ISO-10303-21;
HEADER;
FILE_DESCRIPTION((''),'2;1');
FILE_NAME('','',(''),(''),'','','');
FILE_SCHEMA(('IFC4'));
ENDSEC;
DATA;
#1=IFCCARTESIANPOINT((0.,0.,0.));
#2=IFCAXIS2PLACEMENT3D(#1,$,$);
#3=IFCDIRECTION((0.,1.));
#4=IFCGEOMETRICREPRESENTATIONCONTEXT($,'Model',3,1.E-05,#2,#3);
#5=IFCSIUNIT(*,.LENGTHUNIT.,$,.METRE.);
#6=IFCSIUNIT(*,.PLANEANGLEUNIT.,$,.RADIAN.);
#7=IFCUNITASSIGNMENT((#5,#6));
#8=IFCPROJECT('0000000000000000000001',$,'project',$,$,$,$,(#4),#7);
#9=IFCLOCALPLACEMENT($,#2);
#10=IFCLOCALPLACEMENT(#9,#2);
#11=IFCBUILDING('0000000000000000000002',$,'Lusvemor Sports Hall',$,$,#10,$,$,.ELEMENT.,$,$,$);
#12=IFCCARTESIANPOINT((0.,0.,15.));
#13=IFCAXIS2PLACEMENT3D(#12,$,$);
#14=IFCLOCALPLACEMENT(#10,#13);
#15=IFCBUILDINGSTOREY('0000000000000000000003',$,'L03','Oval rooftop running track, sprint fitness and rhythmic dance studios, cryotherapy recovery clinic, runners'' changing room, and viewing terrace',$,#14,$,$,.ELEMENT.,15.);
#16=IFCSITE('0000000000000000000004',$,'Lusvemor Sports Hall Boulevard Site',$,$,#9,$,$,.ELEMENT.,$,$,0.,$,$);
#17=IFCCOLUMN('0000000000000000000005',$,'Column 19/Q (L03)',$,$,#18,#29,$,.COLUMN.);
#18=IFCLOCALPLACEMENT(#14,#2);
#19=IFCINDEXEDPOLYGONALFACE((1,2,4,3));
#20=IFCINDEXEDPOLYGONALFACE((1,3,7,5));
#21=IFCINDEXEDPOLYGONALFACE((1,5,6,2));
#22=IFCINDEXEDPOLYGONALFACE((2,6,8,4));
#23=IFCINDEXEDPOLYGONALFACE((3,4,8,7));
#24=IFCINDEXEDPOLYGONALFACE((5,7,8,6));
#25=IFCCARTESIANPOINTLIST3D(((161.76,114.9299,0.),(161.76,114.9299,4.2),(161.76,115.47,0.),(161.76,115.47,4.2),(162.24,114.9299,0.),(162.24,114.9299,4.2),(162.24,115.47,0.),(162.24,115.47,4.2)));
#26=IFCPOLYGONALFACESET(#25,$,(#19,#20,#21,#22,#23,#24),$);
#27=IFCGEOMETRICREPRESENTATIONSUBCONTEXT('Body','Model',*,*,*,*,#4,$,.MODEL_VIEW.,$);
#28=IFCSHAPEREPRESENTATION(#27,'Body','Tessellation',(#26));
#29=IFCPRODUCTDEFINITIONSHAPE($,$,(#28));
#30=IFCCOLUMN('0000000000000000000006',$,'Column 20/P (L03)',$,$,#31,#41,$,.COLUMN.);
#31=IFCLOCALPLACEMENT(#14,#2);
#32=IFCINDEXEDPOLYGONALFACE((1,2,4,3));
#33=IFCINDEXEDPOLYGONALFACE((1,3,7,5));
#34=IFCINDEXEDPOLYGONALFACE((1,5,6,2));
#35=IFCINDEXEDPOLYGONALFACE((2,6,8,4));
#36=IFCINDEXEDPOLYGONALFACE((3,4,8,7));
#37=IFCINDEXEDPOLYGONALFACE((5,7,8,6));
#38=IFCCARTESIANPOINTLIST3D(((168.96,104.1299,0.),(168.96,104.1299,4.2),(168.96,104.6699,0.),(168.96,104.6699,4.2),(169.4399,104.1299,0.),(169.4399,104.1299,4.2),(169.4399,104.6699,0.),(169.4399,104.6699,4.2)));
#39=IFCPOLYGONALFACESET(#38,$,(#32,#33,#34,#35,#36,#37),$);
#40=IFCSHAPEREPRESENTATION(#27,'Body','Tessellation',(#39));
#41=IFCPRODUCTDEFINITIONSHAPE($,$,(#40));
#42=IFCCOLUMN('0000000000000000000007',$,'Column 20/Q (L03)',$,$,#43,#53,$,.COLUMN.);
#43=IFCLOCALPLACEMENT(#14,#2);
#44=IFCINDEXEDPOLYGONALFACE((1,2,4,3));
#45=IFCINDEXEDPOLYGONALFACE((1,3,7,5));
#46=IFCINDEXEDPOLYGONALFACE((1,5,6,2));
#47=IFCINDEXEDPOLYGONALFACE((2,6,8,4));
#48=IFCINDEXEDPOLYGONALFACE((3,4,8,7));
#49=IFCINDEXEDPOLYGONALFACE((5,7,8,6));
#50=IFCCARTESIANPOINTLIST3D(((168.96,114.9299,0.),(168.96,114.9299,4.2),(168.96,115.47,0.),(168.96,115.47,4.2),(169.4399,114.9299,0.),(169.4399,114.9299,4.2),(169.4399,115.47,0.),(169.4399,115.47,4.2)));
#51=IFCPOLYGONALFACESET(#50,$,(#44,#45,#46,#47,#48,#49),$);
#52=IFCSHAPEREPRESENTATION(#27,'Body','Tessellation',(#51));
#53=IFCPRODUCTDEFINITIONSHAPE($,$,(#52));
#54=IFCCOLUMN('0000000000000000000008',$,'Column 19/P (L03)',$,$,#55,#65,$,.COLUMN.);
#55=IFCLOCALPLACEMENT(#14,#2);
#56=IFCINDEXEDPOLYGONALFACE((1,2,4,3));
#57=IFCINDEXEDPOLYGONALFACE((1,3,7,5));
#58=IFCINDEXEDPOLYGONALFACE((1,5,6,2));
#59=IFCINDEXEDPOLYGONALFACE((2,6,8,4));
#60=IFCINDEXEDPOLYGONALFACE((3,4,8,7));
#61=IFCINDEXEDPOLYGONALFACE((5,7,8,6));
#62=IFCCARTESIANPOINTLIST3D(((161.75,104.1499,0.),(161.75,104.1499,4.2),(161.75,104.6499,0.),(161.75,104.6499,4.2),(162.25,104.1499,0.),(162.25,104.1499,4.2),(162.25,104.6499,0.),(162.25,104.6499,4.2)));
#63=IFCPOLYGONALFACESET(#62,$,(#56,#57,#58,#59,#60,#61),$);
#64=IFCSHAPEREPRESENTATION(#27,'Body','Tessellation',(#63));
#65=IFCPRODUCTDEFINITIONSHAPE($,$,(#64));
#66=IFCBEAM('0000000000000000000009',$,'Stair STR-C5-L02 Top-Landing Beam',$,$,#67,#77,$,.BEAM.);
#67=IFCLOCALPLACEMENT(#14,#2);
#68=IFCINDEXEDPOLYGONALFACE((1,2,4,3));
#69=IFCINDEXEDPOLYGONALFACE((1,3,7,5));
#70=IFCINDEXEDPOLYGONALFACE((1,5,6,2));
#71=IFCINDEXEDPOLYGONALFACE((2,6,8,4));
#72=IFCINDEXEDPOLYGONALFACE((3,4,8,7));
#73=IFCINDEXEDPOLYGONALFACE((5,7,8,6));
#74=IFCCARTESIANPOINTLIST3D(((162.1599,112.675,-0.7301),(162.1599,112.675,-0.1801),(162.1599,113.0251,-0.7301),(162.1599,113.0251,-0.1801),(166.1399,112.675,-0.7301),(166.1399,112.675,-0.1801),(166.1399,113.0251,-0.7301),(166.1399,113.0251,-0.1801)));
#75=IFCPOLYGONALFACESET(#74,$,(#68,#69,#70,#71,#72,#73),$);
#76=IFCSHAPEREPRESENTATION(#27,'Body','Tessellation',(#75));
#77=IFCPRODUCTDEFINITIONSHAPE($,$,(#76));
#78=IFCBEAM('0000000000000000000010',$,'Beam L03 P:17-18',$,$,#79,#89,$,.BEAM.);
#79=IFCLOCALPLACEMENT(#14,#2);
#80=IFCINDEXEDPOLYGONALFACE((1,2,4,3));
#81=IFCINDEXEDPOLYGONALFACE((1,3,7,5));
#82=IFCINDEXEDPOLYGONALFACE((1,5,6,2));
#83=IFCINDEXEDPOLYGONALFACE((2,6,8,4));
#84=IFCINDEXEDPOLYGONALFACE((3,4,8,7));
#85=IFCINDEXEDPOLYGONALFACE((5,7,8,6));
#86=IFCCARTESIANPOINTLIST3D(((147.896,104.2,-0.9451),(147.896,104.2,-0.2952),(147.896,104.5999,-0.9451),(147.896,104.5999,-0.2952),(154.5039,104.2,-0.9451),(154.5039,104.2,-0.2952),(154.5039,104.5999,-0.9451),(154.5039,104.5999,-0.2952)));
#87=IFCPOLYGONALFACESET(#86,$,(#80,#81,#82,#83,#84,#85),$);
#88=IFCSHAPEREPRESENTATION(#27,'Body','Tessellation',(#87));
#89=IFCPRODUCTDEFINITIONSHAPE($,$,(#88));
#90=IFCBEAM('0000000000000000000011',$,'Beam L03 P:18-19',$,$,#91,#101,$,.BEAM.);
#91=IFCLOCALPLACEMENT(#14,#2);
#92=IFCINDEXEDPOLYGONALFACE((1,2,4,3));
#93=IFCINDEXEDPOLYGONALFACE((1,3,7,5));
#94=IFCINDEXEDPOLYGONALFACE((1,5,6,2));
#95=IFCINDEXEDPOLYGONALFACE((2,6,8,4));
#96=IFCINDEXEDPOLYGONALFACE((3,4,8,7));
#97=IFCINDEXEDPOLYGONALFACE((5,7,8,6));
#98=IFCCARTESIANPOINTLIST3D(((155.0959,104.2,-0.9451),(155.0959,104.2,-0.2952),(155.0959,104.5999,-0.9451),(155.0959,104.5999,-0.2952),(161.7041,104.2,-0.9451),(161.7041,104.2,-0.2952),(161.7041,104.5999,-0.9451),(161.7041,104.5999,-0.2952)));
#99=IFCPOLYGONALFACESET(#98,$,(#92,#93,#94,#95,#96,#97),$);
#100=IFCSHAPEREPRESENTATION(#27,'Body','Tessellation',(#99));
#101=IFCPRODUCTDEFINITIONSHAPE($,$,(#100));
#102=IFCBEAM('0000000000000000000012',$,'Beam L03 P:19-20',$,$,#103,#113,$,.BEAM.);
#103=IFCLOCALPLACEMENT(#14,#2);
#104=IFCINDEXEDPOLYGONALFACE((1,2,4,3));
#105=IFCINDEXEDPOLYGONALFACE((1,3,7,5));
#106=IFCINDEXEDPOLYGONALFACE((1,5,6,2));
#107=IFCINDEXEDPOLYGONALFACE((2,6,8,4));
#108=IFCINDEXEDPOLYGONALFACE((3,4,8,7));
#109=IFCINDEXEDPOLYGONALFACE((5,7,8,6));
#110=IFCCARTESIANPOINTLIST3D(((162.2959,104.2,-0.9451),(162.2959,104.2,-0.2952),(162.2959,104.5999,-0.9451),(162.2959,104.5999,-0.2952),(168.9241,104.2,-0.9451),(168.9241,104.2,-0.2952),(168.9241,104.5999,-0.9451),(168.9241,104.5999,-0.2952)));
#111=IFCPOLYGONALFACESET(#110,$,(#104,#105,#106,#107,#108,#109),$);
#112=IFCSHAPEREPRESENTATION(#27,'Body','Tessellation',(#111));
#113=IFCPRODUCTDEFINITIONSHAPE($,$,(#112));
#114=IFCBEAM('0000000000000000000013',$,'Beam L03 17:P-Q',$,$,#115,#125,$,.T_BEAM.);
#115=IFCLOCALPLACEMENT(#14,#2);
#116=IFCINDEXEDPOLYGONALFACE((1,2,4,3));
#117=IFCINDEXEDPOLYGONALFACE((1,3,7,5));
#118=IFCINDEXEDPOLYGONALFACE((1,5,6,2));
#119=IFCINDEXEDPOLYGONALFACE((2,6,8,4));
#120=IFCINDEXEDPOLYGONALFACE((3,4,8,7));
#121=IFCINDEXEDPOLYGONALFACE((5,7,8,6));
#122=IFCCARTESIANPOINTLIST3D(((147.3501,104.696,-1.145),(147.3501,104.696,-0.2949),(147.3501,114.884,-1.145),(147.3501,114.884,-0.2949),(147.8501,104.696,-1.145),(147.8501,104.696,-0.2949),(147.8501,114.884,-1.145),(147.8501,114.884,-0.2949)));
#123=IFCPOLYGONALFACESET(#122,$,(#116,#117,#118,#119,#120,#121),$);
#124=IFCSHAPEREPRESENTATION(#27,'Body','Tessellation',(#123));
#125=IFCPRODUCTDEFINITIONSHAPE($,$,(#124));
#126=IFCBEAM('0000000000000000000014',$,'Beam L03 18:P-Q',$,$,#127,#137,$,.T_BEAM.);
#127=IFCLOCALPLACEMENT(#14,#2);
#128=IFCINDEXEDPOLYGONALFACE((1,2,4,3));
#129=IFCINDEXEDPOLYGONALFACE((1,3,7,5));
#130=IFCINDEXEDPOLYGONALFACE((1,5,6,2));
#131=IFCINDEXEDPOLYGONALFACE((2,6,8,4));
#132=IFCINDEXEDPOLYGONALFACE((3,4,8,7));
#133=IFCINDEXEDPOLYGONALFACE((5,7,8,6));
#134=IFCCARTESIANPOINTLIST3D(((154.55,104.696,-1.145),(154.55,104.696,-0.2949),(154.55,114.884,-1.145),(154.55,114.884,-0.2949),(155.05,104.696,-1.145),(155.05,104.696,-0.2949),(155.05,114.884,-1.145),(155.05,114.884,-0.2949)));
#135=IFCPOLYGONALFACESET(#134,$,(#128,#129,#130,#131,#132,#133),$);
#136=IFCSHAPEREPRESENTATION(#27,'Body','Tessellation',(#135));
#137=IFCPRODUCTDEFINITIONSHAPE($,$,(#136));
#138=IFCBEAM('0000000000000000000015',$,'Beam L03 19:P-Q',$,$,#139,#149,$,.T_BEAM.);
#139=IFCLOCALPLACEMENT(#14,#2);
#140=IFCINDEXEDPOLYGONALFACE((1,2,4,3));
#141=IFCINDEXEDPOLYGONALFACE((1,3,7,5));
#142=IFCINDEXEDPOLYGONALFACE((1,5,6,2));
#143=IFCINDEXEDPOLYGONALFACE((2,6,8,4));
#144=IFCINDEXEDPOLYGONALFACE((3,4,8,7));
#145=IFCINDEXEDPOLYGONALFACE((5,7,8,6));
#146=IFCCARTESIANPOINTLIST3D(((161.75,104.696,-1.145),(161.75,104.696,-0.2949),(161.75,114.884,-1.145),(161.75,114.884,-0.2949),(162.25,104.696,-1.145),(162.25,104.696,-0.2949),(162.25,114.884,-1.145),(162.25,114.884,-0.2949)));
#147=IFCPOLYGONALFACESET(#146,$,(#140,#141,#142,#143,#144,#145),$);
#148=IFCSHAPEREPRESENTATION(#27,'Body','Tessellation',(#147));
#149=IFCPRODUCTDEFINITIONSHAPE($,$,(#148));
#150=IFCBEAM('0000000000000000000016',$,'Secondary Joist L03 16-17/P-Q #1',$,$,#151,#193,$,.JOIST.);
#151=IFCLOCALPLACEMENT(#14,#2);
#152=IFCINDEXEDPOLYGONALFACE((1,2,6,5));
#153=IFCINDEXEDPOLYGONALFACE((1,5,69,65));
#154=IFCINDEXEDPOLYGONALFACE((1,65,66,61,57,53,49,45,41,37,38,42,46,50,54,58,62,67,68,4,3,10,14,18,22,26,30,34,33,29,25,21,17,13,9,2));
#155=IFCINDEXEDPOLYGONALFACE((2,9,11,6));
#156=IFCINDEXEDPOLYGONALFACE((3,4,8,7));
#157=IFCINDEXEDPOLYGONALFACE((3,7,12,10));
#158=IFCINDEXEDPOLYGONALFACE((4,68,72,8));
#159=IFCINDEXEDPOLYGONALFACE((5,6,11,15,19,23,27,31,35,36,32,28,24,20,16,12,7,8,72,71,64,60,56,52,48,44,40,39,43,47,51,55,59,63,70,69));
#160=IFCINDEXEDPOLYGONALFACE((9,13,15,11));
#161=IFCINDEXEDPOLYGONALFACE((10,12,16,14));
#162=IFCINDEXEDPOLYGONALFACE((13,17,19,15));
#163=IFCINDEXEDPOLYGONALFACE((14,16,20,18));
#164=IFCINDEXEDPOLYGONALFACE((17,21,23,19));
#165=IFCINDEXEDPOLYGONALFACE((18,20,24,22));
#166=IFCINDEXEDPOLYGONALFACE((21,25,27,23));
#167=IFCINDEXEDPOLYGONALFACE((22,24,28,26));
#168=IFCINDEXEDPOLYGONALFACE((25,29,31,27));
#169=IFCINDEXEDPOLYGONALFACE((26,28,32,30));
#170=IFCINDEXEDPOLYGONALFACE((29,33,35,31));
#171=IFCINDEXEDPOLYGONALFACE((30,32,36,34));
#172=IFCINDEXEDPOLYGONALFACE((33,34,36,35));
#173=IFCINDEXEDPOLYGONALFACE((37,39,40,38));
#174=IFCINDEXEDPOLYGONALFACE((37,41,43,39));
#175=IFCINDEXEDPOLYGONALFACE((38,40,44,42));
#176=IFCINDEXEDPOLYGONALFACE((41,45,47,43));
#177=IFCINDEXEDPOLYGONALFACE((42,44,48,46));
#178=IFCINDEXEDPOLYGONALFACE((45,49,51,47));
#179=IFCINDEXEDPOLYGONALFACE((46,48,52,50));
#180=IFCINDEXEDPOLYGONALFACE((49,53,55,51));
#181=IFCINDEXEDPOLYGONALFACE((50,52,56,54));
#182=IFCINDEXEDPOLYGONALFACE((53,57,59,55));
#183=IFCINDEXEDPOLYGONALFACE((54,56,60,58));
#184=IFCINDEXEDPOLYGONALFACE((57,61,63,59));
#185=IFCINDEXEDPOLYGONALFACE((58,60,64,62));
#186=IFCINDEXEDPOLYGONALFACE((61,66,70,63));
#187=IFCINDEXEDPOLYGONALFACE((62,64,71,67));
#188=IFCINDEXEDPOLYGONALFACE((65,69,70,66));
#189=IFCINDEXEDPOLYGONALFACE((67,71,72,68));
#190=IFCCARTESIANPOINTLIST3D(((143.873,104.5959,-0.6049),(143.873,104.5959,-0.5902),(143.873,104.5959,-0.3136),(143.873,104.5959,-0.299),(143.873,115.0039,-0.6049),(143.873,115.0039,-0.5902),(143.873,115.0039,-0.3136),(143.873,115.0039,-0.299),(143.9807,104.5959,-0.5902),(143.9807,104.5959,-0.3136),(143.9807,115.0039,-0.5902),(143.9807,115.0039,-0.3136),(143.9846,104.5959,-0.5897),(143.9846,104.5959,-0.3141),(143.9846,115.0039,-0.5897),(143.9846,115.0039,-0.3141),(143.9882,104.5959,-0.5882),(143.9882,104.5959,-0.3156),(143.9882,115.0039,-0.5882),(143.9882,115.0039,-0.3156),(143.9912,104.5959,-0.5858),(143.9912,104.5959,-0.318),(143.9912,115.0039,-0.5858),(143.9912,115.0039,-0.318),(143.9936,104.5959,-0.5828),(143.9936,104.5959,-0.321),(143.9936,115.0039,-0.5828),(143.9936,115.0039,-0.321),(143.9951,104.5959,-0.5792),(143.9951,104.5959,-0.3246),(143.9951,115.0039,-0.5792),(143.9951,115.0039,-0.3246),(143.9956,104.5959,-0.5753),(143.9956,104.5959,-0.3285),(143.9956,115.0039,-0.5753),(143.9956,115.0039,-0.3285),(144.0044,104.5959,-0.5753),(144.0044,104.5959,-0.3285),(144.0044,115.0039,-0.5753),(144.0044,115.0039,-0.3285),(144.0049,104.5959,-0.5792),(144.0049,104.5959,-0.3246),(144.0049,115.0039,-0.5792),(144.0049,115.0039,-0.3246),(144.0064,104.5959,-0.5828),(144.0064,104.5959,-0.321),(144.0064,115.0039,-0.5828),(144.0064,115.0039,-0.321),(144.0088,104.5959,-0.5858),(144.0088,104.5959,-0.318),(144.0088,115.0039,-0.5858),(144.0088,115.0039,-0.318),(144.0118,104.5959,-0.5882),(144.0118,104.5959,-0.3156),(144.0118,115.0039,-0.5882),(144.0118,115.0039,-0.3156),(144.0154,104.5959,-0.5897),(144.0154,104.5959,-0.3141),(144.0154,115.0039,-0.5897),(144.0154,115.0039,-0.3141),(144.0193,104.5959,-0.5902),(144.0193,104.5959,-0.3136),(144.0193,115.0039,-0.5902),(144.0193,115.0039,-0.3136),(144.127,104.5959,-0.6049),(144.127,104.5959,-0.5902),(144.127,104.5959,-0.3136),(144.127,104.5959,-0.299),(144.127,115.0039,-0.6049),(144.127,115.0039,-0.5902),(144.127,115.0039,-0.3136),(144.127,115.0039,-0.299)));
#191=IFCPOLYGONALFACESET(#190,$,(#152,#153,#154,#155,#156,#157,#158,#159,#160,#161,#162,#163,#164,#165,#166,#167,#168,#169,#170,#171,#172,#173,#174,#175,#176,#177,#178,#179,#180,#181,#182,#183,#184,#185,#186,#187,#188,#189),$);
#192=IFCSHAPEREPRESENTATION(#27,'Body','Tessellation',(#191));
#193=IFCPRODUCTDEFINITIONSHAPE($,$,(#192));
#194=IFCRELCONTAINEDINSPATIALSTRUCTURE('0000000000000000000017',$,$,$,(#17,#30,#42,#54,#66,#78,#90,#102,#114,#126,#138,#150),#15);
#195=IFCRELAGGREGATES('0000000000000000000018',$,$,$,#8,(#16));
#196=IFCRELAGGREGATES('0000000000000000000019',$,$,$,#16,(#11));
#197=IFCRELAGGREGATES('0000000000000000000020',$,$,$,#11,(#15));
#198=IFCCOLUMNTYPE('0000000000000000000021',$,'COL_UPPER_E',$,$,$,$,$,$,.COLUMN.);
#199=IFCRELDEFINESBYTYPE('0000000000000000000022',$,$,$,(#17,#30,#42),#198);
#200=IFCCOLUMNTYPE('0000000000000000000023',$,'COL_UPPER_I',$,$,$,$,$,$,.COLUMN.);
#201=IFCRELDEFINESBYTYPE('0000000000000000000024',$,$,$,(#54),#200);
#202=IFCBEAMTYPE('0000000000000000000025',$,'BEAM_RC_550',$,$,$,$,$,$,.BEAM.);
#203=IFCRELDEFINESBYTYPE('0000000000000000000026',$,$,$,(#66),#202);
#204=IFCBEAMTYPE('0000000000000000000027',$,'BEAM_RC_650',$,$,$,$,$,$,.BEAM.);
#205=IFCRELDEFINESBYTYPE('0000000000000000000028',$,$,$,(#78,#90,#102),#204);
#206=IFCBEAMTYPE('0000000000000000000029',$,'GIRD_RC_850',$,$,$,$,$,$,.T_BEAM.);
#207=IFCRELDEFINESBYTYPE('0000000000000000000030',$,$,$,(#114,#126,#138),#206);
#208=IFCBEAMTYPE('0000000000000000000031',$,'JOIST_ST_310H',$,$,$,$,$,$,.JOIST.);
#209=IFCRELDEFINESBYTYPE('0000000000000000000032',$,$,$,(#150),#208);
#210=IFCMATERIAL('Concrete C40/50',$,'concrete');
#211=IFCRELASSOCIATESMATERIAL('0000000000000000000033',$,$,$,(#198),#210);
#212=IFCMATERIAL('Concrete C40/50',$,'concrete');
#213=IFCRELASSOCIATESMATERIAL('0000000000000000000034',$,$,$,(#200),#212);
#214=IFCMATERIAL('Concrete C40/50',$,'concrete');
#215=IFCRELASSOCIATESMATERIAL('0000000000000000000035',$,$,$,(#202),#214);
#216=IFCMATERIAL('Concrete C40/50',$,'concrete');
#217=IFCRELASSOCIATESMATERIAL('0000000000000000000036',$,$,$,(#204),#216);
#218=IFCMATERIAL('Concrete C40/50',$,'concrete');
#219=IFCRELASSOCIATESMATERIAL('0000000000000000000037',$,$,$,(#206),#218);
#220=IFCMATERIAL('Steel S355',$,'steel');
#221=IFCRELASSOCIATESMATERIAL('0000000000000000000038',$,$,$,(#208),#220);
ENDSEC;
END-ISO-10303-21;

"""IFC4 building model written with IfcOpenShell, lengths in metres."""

from ifc_helpers import new_model, si_unit, direction, frame, origin, origin_2d, place, context, subcontext, project, spatial, rectangle, i_section, extrude, material, material_profile, profile_set, type_object, element, save


model = new_model("IFC4")

# Units and contexts
model_context = context("Model", 3, precision=1e-05, world=origin(), true_north=direction((0.0, 1.0)))
body_context = subcontext(model_context, "Body", "Model", "MODEL_VIEW")
ifc_project = project(units=[si_unit("LENGTHUNIT", "METRE"), si_unit("PLANEANGLEUNIT", "RADIAN")], contexts=[model_context])

# Site, building, storey
site_placement = place(None, origin())
site = spatial("IfcSite", under=ifc_project, at=site_placement, Name="Lusvemor Sports Hall Boulevard Site", CompositionType="ELEMENT", RefElevation=0.0)
building_placement = place(site_placement, origin())
building = spatial("IfcBuilding", under=site, at=building_placement, Name="Lusvemor Sports Hall", CompositionType="ELEMENT")
storey_placement = place(building_placement, frame((0.0, 0.0, 15.0)))
storey = spatial("IfcBuildingStorey", under=building, at=storey_placement, Name="L03", Description="Oval rooftop running track, sprint fitness and rhythmic dance studios, cryotherapy recovery clinic, runners' changing room, and viewing terrace", CompositionType="ELEMENT", Elevation=15.0)

# Columns
ifc_material_1 = material(Name="Concrete C40/50", Category="concrete")
ifc_material_profile_1 = material_profile(ifc_material_1, rectangle(XDim=0.48, YDim=0.54, at=origin_2d()), Name="RC480x540")
ifc_profile_set_1 = profile_set([ifc_material_profile_1], Name="Concrete C40/50")
column_type_1 = type_object("IfcColumnType", Name="COL_UPPER_E", PredefinedType="COLUMN", material=ifc_profile_set_1)
for number, where, z_axis, x_axis, name in (
    (1, (162.0, 115.2, 0.0), (0.0, 0.0, 1.0), (1.0, 0.0, 0.0), "Column 19/Q (L03)"),
    (2, (169.2, 104.3999, 0.0), (0.0, 0.0, 1.0), (1.0, 0.0, 0.0), "Column 20/P (L03)"),
    (3, (169.2, 115.2, 0.0), (0.0, 0.0, 1.0), (1.0, 0.0, 0.0), "Column 20/Q (L03)"),
):
    element("IfcColumn", number, at=place(storey_placement, frame(where, z_axis=z_axis, x_axis=x_axis)), inside=storey, type_object=column_type_1, Name=name, PredefinedType="COLUMN", context=body_context, shape_type="SweptSolid", body=[
        extrude(rectangle(XDim=0.48, YDim=0.54, at=origin_2d()), origin(), (0.0, 0.0, 1.0), 4.2),
    ])
ifc_material_2 = material(Name="Concrete C40/50", Category="concrete")
ifc_material_profile_2 = material_profile(ifc_material_2, rectangle(XDim=0.5, YDim=0.5, at=origin_2d()), Name="RC500x500")
ifc_profile_set_2 = profile_set([ifc_material_profile_2], Name="Concrete C40/50")
column_type_2 = type_object("IfcColumnType", Name="COL_UPPER_I", PredefinedType="COLUMN", material=ifc_profile_set_2)
column_placement = place(storey_placement, frame((162.0, 104.3999, 0.0), z_axis=(0.0, 0.0, 1.0), x_axis=(1.0, 0.0, 0.0)))
element("IfcColumn", 4, at=column_placement, inside=storey, type_object=column_type_2, Name="Column 19/P (L03)", PredefinedType="COLUMN", context=body_context, shape_type="SweptSolid", body=[
    extrude(rectangle(XDim=0.5, YDim=0.5, at=origin_2d()), origin(), (0.0, 0.0, 1.0), 4.2),
])

# Beams
ifc_material_3 = material(Name="Concrete C40/50", Category="concrete")
ifc_material_profile_3 = material_profile(ifc_material_3, rectangle(XDim=0.3501, YDim=0.55, at=origin_2d()), Name="RC350x550")
ifc_profile_set_3 = profile_set([ifc_material_profile_3], Name="Concrete C40/50")
beam_type_1 = type_object("IfcBeamType", Name="BEAM_RC_550", PredefinedType="BEAM", material=ifc_profile_set_3)
beam_1_placement = place(storey_placement, frame((162.1599, 112.8501, -0.4551), z_axis=(1.0, 0.0, 0.0), x_axis=(0.0, 1.0, 0.0)))
element("IfcBeam", 5, at=beam_1_placement, inside=storey, type_object=beam_type_1, Name="Stair STR-C5-L02 Top-Landing Beam", PredefinedType="BEAM", context=body_context, shape_type="SweptSolid", body=[
    extrude(rectangle(XDim=0.3501, YDim=0.55, at=origin_2d()), origin(), (0.0, 0.0, 1.0), 3.98),
])
ifc_material_4 = material(Name="Concrete C40/50", Category="concrete")
ifc_material_profile_4 = material_profile(ifc_material_4, rectangle(XDim=0.3999, YDim=0.6499, at=origin_2d()), Name="RC400x650")
ifc_profile_set_4 = profile_set([ifc_material_profile_4], Name="Concrete C40/50")
beam_type_2 = type_object("IfcBeamType", Name="BEAM_RC_650", PredefinedType="BEAM", material=ifc_profile_set_4)
beam_2_placement = place(storey_placement, frame((147.896, 104.3999, -0.6201), z_axis=(1.0, 0.0, 0.0), x_axis=(0.0, 1.0, 0.0)))
element("IfcBeam", 6, at=beam_2_placement, inside=storey, type_object=beam_type_2, Name="Beam L03 P:17-18", PredefinedType="BEAM", context=body_context, shape_type="SweptSolid", body=[
    extrude(rectangle(XDim=0.3999, YDim=0.6499, at=origin_2d()), origin(), (0.0, 0.0, 1.0), 6.6079),
])
beam_3_placement = place(storey_placement, frame((155.0959, 104.3999, -0.6201), z_axis=(1.0, 0.0, 0.0), x_axis=(0.0, 1.0, 0.0)))
element("IfcBeam", 7, at=beam_3_placement, inside=storey, type_object=beam_type_2, Name="Beam L03 P:18-19", PredefinedType="BEAM", context=body_context, shape_type="SweptSolid", body=[
    extrude(rectangle(XDim=0.3999, YDim=0.6499, at=origin_2d()), origin(), (0.0, 0.0, 1.0), 6.6082),
])
beam_4_placement = place(storey_placement, frame((162.2959, 104.3999, -0.6201), z_axis=(1.0, 0.0, 0.0), x_axis=(0.0, 1.0, 0.0)))
element("IfcBeam", 8, at=beam_4_placement, inside=storey, type_object=beam_type_2, Name="Beam L03 P:19-20", PredefinedType="BEAM", context=body_context, shape_type="SweptSolid", body=[
    extrude(rectangle(XDim=0.3999, YDim=0.6499, at=origin_2d()), origin(), (0.0, 0.0, 1.0), 6.6282),
])
ifc_material_5 = material(Name="Concrete C40/50", Category="concrete")
ifc_material_profile_5 = material_profile(ifc_material_5, rectangle(XDim=0.5, YDim=0.8501, at=origin_2d()), Name="RC500x850")
ifc_profile_set_5 = profile_set([ifc_material_profile_5], Name="Concrete C40/50")
beam_type_3 = type_object("IfcBeamType", Name="GIRD_RC_850", PredefinedType="T_BEAM", material=ifc_profile_set_5)
for number, where, z_axis, x_axis, name in (
    (9, (147.6001, 104.696, -0.72), (0.0, 1.0, 0.0), (-1.0, 0.0, 0.0), "Beam L03 17:P-Q"),
    (10, (154.8, 104.696, -0.72), (0.0, 1.0, 0.0), (-1.0, 0.0, 0.0), "Beam L03 18:P-Q"),
    (11, (162.0, 104.696, -0.72), (0.0, 1.0, 0.0), (-1.0, 0.0, 0.0), "Beam L03 19:P-Q"),
):
    element("IfcBeam", number, at=place(storey_placement, frame(where, z_axis=z_axis, x_axis=x_axis)), inside=storey, type_object=beam_type_3, Name=name, PredefinedType="T_BEAM", context=body_context, shape_type="SweptSolid", body=[
        extrude(rectangle(XDim=0.5, YDim=0.8501, at=origin_2d()), origin(), (0.0, 0.0, 1.0), 10.188),
    ])
ifc_material_6 = material(Name="Steel S355", Category="steel")
ifc_material_profile_6 = material_profile(ifc_material_6, i_section(OverallWidth=0.2539, OverallDepth=0.3059, WebThickness=0.0088, FlangeThickness=0.0146, FilletRadius=0.0149, at=origin_2d()), Name="W310x79.0")
ifc_profile_set_6 = profile_set([ifc_material_profile_6], Name="Steel S355")
beam_type_4 = type_object("IfcBeamType", Name="JOIST_ST_310H", PredefinedType="JOIST", material=ifc_profile_set_6)
for number, where, z_axis, x_axis, name in (
    (12, (144.0, 104.5959, -0.4519), (0.0, 1.0, 0.0), (-1.0, 0.0, 0.0), "Secondary Joist L03 16-17/P-Q #1"),
):
    element("IfcBeam", number, at=place(storey_placement, frame(where, z_axis=z_axis, x_axis=x_axis)), inside=storey, type_object=beam_type_4, Name=name, PredefinedType="JOIST", context=body_context, shape_type="SweptSolid", body=[
        extrude(i_section(OverallWidth=0.2539, OverallDepth=0.3059, WebThickness=0.0088, FlangeThickness=0.0146, FilletRadius=0.0149, at=origin_2d()), origin(), (0.0, 0.0, 1.0), 10.408),
    ])

save(model, "model.ifc")
